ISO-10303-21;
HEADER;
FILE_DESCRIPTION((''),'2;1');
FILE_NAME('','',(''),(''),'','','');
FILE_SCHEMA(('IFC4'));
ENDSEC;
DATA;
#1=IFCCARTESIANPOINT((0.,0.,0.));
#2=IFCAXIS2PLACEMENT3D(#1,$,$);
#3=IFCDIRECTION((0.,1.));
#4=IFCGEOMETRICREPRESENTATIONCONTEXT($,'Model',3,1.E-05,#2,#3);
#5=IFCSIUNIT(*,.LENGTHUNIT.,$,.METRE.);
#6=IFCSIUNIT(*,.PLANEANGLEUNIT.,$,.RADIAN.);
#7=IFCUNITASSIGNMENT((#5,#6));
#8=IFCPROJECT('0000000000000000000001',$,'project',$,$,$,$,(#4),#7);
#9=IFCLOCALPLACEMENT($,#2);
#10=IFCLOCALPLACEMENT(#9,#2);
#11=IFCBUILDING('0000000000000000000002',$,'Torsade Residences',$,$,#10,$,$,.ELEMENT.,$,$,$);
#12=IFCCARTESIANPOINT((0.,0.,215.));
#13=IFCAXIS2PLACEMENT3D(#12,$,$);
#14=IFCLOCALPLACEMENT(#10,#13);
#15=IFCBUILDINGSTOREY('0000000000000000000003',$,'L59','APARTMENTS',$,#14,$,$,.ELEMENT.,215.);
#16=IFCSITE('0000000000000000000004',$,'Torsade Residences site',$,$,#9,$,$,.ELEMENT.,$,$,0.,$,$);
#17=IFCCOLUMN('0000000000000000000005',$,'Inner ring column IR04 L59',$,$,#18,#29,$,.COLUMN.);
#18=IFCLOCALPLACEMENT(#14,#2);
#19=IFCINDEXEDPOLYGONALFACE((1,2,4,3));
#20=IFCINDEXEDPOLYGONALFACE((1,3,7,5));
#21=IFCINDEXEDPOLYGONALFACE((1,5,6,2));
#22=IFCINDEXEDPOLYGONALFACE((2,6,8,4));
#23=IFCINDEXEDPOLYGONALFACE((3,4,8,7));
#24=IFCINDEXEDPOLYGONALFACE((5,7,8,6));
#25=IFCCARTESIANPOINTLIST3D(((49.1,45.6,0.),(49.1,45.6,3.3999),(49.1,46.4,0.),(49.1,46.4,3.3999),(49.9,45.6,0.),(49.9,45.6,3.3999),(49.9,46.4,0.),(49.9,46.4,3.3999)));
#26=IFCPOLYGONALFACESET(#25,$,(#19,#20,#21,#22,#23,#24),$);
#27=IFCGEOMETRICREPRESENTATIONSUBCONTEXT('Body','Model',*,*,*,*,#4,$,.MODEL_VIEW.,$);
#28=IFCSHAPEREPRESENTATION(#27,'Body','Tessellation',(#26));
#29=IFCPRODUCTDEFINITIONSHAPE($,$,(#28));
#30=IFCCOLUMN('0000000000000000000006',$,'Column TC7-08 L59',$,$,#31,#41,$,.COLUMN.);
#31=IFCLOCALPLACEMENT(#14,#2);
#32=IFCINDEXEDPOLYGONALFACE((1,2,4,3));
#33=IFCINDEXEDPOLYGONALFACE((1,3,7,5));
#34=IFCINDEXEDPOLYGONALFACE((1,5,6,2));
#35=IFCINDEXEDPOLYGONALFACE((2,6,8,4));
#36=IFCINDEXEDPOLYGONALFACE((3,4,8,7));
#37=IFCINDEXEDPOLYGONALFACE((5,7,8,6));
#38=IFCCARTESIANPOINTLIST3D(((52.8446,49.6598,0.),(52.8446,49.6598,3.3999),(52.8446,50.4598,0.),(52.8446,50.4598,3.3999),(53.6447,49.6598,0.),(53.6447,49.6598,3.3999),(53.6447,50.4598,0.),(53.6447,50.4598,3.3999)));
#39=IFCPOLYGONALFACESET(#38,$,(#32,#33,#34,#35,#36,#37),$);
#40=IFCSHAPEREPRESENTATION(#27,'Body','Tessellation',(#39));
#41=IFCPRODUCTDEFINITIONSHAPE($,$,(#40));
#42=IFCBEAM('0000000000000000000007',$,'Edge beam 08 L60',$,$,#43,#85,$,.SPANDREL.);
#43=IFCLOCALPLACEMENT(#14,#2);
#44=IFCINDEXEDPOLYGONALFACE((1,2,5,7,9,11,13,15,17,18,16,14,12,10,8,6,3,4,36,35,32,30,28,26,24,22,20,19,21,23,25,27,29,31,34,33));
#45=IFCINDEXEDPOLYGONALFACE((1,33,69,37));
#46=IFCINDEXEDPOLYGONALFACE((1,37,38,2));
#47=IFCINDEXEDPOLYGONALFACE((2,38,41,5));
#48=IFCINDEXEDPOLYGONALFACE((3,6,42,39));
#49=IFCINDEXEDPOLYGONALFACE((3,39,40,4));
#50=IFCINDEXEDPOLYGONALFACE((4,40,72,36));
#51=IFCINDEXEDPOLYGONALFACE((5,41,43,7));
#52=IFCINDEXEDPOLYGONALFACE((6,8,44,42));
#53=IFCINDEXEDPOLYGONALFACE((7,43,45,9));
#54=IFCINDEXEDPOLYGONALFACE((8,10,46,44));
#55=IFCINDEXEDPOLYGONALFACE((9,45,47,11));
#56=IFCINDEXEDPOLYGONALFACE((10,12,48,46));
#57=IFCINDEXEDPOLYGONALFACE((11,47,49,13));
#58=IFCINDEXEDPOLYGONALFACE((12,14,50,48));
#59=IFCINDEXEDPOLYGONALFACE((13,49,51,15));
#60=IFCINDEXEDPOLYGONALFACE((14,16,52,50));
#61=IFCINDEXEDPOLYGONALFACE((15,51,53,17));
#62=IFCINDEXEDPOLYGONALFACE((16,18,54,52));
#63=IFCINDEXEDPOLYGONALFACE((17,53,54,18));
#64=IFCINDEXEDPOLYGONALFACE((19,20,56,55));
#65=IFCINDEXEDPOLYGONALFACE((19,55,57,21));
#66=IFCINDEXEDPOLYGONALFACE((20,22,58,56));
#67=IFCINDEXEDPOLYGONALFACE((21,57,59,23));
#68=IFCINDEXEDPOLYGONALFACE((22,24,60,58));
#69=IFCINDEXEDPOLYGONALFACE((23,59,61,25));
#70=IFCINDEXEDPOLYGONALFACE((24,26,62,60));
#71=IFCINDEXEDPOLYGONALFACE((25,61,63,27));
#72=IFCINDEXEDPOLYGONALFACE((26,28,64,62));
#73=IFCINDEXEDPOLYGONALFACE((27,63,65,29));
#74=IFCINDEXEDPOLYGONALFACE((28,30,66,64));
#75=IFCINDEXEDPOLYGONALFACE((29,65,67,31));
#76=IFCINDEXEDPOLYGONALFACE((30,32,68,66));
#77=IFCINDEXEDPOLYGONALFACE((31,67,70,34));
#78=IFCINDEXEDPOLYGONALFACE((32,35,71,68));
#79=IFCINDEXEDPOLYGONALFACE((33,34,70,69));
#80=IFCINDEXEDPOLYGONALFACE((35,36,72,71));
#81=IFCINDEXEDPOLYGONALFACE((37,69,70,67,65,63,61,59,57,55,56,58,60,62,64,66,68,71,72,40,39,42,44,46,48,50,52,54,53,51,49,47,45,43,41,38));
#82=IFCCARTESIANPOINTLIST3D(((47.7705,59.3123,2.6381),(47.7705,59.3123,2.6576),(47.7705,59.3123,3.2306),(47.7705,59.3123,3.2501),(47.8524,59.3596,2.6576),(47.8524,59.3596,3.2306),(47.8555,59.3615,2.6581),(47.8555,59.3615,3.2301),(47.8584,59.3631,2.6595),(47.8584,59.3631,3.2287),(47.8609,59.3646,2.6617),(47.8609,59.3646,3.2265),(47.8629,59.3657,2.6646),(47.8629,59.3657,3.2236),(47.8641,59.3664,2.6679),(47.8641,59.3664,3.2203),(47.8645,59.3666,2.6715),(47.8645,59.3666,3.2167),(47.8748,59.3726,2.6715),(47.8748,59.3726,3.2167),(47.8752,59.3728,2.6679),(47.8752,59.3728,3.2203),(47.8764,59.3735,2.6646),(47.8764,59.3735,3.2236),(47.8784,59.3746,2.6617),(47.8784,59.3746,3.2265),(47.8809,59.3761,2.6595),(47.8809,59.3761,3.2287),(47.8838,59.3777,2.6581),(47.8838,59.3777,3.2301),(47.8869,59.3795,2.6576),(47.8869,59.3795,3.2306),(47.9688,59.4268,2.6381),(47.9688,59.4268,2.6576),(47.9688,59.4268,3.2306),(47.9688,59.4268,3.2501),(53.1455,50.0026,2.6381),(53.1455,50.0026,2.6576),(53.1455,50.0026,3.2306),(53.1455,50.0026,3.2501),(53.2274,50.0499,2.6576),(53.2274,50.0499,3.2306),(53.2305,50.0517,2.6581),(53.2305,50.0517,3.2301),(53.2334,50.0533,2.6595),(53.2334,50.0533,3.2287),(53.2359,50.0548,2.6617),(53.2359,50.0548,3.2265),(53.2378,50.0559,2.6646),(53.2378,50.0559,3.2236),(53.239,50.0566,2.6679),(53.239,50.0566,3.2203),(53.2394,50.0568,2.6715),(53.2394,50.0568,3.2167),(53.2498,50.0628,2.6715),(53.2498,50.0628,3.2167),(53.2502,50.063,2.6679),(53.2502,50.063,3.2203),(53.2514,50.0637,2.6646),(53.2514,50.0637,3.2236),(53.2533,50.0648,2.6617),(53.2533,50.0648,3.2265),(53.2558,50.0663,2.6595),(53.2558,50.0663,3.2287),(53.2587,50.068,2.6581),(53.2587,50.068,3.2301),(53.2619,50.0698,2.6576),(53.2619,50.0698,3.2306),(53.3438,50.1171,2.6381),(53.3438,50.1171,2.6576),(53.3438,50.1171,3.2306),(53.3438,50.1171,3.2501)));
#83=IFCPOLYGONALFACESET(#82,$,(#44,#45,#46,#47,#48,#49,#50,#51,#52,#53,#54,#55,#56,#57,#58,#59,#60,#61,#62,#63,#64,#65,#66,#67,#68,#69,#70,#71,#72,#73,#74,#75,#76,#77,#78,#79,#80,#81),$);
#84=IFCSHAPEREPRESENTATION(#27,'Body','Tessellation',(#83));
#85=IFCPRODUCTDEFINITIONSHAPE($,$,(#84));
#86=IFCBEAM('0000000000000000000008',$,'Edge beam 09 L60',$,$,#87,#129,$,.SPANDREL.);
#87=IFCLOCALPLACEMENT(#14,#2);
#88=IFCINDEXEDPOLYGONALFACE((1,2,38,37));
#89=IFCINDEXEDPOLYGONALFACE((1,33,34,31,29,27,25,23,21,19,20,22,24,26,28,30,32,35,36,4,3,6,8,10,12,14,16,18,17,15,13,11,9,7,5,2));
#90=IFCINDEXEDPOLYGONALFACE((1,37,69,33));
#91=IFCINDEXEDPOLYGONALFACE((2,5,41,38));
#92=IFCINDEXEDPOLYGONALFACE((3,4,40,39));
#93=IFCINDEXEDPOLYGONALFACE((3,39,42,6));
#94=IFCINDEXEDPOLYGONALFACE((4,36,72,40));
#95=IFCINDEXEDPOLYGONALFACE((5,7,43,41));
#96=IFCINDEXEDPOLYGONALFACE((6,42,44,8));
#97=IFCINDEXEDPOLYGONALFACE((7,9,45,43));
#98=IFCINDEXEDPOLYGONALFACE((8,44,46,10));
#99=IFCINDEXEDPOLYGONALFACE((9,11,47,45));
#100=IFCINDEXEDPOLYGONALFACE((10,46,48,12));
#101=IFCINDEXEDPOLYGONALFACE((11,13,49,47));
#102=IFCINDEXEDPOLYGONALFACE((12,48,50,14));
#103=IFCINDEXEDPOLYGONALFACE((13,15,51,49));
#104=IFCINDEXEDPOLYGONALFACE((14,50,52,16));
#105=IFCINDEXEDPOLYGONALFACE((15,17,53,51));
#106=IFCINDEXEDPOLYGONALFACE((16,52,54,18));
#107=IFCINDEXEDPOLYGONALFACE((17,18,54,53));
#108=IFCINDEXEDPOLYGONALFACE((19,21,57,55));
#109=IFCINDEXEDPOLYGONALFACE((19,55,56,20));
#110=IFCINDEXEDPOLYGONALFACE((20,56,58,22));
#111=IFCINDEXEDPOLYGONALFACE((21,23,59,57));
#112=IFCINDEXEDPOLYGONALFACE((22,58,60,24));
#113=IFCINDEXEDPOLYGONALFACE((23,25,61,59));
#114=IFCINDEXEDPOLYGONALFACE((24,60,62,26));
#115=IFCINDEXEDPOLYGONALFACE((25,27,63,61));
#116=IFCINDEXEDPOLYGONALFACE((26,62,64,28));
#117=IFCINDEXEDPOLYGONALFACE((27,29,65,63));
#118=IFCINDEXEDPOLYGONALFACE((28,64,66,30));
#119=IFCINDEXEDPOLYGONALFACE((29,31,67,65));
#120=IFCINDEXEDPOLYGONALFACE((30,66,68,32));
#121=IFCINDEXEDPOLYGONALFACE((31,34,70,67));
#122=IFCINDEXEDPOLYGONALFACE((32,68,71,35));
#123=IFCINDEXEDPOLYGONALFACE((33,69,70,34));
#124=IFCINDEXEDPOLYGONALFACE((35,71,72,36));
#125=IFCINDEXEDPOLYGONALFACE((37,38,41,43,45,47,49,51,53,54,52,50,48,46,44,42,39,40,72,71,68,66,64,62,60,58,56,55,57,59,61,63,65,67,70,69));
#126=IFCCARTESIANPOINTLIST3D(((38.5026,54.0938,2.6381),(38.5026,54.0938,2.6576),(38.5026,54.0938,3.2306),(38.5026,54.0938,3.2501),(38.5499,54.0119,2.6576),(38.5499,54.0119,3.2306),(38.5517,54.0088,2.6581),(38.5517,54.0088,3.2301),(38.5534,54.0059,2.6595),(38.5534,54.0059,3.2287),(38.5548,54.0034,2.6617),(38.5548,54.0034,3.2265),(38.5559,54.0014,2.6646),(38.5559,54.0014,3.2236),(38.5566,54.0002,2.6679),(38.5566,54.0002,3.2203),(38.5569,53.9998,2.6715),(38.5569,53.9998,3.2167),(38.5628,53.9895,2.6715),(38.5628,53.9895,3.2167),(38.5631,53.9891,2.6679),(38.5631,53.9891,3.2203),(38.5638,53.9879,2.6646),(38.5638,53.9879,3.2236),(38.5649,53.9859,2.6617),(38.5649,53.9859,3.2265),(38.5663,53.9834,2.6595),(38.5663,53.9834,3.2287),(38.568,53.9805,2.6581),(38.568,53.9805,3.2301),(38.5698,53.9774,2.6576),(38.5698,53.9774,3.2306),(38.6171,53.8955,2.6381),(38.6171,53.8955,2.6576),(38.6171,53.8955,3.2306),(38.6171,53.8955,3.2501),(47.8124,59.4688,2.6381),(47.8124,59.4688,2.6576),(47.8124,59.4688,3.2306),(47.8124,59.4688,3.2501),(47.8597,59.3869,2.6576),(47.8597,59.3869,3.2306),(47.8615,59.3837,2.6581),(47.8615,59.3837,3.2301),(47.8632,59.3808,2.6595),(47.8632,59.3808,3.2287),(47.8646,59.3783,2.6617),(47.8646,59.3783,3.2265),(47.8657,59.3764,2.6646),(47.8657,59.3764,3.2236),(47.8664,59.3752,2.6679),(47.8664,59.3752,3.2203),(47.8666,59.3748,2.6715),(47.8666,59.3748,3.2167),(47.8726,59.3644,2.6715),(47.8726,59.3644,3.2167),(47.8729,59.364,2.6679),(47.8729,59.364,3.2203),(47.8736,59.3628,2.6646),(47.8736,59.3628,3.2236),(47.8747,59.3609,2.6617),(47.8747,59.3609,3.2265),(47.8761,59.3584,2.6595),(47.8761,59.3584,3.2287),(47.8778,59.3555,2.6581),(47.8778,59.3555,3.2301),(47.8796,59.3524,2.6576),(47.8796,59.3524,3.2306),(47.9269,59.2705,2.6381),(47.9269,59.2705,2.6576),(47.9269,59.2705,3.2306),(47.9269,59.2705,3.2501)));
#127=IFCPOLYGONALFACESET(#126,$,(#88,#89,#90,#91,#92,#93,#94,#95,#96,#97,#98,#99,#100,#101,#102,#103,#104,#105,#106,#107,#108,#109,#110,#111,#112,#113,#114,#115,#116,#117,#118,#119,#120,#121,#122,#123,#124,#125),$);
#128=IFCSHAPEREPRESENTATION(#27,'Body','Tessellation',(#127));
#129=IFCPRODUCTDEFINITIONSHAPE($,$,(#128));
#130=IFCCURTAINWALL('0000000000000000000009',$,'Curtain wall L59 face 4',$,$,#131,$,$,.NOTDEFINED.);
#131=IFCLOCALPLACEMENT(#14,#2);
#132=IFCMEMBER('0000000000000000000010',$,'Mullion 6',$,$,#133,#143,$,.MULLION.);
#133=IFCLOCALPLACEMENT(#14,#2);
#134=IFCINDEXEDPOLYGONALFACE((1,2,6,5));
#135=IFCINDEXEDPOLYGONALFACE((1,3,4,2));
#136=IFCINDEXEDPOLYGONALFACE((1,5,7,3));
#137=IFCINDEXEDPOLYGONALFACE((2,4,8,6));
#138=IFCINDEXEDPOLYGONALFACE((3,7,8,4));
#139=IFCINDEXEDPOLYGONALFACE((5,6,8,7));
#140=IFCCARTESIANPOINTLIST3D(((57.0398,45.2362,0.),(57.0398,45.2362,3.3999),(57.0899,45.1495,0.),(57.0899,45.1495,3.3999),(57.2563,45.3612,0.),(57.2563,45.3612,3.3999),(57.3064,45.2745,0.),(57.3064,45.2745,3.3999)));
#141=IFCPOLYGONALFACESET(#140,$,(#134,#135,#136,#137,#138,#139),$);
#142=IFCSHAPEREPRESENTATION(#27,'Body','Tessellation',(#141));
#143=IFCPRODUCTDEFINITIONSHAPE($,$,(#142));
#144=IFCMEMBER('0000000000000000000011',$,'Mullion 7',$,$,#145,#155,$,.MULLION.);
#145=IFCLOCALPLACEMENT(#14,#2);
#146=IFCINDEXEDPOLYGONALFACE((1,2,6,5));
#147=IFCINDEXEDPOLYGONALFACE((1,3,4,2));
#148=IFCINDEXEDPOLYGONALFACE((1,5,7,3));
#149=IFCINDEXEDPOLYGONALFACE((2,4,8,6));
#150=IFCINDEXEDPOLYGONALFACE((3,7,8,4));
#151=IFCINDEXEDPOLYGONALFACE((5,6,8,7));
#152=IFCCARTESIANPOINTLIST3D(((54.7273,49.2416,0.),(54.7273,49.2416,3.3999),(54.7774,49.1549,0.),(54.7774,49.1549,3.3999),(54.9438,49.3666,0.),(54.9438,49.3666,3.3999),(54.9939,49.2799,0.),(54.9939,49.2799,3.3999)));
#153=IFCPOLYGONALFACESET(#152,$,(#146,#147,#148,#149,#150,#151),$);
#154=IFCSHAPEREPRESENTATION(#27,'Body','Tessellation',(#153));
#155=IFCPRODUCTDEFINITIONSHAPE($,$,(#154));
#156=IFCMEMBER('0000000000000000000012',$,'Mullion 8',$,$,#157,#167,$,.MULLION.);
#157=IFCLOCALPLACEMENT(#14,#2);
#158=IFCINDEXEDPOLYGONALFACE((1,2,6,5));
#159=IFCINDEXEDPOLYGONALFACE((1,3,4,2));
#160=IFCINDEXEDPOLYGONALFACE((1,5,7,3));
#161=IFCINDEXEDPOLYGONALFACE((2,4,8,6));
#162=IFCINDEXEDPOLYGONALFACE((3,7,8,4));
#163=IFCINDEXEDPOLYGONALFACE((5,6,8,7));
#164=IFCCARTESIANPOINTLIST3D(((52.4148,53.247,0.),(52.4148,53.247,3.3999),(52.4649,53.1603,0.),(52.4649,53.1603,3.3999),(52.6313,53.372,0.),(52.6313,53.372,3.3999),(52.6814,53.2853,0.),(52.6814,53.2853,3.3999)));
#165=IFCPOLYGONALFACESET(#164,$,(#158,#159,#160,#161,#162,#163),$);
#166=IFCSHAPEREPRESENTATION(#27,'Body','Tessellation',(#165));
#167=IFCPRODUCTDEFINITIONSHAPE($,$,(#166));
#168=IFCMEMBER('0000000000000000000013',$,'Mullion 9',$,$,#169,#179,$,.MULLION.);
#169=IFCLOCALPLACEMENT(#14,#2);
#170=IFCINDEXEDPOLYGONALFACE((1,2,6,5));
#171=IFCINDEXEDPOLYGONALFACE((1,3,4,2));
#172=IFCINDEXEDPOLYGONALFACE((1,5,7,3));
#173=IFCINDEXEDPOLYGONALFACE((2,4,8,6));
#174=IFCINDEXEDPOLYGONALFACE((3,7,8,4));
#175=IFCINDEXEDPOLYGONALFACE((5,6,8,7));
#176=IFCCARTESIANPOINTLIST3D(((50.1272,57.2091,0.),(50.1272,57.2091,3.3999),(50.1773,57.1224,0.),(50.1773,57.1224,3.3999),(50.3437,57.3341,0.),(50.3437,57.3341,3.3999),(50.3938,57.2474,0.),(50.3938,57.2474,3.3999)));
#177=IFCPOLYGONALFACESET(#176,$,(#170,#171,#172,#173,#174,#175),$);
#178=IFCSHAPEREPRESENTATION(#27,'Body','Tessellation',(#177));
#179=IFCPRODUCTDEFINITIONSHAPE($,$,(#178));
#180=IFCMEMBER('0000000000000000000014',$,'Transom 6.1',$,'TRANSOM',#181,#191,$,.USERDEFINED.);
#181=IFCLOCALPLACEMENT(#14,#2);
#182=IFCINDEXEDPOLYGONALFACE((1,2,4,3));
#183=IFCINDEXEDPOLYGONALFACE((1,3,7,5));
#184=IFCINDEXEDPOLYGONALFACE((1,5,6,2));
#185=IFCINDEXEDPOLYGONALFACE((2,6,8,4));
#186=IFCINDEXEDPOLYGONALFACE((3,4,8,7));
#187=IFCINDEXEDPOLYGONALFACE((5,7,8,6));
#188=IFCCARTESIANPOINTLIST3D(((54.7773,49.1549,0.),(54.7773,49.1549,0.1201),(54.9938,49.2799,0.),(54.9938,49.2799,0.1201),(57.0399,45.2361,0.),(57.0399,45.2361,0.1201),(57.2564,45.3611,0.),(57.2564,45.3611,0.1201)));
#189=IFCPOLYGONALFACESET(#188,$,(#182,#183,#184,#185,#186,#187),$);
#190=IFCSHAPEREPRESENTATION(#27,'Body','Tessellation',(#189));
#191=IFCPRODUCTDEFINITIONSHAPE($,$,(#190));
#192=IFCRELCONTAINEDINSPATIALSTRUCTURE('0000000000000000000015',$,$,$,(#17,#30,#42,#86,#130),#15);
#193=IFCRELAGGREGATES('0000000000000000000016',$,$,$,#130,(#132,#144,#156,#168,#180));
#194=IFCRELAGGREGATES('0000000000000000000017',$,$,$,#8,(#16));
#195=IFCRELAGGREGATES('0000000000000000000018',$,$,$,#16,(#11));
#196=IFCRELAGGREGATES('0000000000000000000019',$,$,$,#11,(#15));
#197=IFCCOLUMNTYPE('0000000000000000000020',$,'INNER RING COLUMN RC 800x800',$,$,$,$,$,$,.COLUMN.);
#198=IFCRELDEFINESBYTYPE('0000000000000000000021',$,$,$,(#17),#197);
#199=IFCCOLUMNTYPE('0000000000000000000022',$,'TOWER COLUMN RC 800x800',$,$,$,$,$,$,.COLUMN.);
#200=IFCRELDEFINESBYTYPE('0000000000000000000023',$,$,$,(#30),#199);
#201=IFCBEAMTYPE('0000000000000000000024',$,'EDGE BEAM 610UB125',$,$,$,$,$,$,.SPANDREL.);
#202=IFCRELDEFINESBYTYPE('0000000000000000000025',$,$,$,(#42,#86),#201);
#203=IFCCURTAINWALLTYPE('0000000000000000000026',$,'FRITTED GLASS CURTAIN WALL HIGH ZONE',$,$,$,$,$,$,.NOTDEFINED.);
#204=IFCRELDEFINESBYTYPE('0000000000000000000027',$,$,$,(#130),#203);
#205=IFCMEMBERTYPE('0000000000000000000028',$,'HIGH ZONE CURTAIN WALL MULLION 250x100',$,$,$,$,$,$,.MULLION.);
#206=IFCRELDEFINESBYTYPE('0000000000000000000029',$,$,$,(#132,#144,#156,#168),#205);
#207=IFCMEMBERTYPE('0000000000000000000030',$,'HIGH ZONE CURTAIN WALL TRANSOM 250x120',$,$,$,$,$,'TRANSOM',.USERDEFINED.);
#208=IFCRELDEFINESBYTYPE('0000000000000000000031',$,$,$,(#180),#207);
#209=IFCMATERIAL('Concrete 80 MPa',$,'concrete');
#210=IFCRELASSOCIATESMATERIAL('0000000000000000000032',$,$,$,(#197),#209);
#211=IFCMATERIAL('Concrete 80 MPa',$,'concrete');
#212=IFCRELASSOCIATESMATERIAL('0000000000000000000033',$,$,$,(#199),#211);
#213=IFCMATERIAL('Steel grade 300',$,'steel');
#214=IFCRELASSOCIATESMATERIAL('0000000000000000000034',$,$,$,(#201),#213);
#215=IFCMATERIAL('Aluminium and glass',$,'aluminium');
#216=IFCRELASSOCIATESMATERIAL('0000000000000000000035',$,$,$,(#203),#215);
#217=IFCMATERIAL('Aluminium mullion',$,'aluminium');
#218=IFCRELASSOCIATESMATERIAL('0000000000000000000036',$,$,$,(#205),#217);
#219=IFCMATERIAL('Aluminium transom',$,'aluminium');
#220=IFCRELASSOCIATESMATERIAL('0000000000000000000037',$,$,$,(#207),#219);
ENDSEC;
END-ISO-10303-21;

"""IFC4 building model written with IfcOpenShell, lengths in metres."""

from ifc_helpers import new_model, si_unit, direction, frame, origin, origin_2d, place, context, subcontext, project, spatial, rectangle, i_section, extrude, material, material_profile, profile_set, type_object, element, aggregate, save


model = new_model("IFC4")

# Units and contexts
model_context = context("Model", 3, precision=1e-05, world=origin(), true_north=direction((0.0, 1.0)))
body_context = subcontext(model_context, "Body", "Model", "MODEL_VIEW")
ifc_project = project(units=[si_unit("LENGTHUNIT", "METRE"), si_unit("PLANEANGLEUNIT", "RADIAN")], contexts=[model_context])

# Site, building, storey
site_placement = place(None, origin())
site = spatial("IfcSite", under=ifc_project, at=site_placement, Name="Torsade Residences site", CompositionType="ELEMENT", RefElevation=0.0)
building_placement = place(site_placement, origin())
building = spatial("IfcBuilding", under=site, at=building_placement, Name="Torsade Residences", CompositionType="ELEMENT")
storey_placement = place(building_placement, frame((0.0, 0.0, 215.0)))
storey = spatial("IfcBuildingStorey", under=building, at=storey_placement, Name="L59", Description="APARTMENTS", CompositionType="ELEMENT", Elevation=215.0)

# Columns
ifc_material_1 = material(Name="Concrete 80 MPa", Category="concrete")
ifc_material_profile_1 = material_profile(ifc_material_1, rectangle(XDim=0.8, YDim=0.8, at=origin_2d()), Name="RC 800x800")
ifc_profile_set_1 = profile_set([ifc_material_profile_1], Name="Concrete 80 MPa")
column_type_1 = type_object("IfcColumnType", Name="INNER RING COLUMN RC 800x800", PredefinedType="COLUMN", material=ifc_profile_set_1)
column_1_placement = place(storey_placement, frame((49.5, 46.0, 0.0), z_axis=(0.0, 0.0, 1.0), x_axis=(1.0, 0.0, 0.0)))
element("IfcColumn", 1, at=column_1_placement, inside=storey, type_object=column_type_1, Name="Inner ring column IR04 L59", PredefinedType="COLUMN", context=body_context, shape_type="SweptSolid", body=[
    extrude(rectangle(XDim=0.8, YDim=0.8, at=origin_2d()), origin(), (0.0, 0.0, 1.0), 3.3999),
])
ifc_material_2 = material(Name="Concrete 80 MPa", Category="concrete")
ifc_material_profile_2 = material_profile(ifc_material_2, rectangle(XDim=0.8, YDim=0.8, at=origin_2d()), Name="RC 800x800")
ifc_profile_set_2 = profile_set([ifc_material_profile_2], Name="Concrete 80 MPa")
column_type_2 = type_object("IfcColumnType", Name="TOWER COLUMN RC 800x800", PredefinedType="COLUMN", material=ifc_profile_set_2)
column_2_placement = place(storey_placement, frame((53.2446, 50.0598, 0.0), z_axis=(0.0, 0.0, 1.0), x_axis=(1.0, 0.0, 0.0)))
element("IfcColumn", 2, at=column_2_placement, inside=storey, type_object=column_type_2, Name="Column TC7-08 L59", PredefinedType="COLUMN", context=body_context, shape_type="SweptSolid", body=[
    extrude(rectangle(XDim=0.8, YDim=0.8, at=origin_2d()), origin(), (0.0, 0.0, 1.0), 3.3999),
])

# Beams
ifc_material_3 = material(Name="Steel grade 300", Category="steel")
ifc_material_profile_3 = material_profile(ifc_material_3, i_section(OverallWidth=0.229, OverallDepth=0.6121, WebThickness=0.012, FlangeThickness=0.0195, FilletRadius=0.0139, at=origin_2d()), Name="610UB125")
ifc_profile_set_3 = profile_set([ifc_material_profile_3], Name="Steel grade 300")
beam_type_1 = type_object("IfcBeamType", Name="EDGE BEAM 610UB125", PredefinedType="SPANDREL", material=ifc_profile_set_3)
for number, where, z_axis, x_axis, name in (
    (3, (53.2446, 50.0598, 2.9441), (-0.499998, 0.866026, 0.0), (-0.866026, -0.499998, 0.0), "Edge beam 08 L60"),
    (4, (47.8696, 59.3696, 2.9441), (-0.866026, -0.499998, 0.0), (0.499998, -0.866026, 0.0), "Edge beam 09 L60"),
):
    element("IfcBeam", number, at=place(storey_placement, frame(where, z_axis=z_axis, x_axis=x_axis)), inside=storey, type_object=beam_type_1, Name=name, PredefinedType="SPANDREL", context=body_context, shape_type="SweptSolid", body=[
        extrude(i_section(OverallWidth=0.229, OverallDepth=0.6121, WebThickness=0.012, FlangeThickness=0.0195, FilletRadius=0.0139, at=origin_2d()), origin(), (0.0, 0.0, 1.0), 10.75),
    ])

# Curtain wall, members
ifc_material_4 = material(Name="Aluminium and glass", Category="aluminium")
curtain_wall_type = type_object("IfcCurtainWallType", Name="FRITTED GLASS CURTAIN WALL HIGH ZONE", PredefinedType="NOTDEFINED", material=ifc_material_4)
curtain_wall_placement = place(storey_placement, origin())
curtain_wall = element("IfcCurtainWall", 5, at=curtain_wall_placement, inside=storey, type_object=curtain_wall_type, Name="Curtain wall L59 face 4", PredefinedType="NOTDEFINED")
ifc_material_5 = material(Name="Aluminium mullion", Category="aluminium")
ifc_material_profile_4 = material_profile(ifc_material_5, rectangle(XDim=0.25, YDim=0.1001, at=origin_2d()), Name="HIGH ZONE CURTAIN WALL MULLION 250x100")
ifc_profile_set_4 = profile_set([ifc_material_profile_4], Name="Aluminium mullion")
member_type_1 = type_object("IfcMemberType", Name="HIGH ZONE CURTAIN WALL MULLION 250x100", PredefinedType="MULLION", material=ifc_profile_set_4)
member_1_placement = place(storey_placement, frame((57.1731, 45.2554, 0.0), z_axis=(0.0, 0.0, 1.0), x_axis=(-0.866025, -0.5, 0.0)))
member_1 = element("IfcMember", 6, at=member_1_placement, type_object=member_type_1, Name="Mullion 6", PredefinedType="MULLION", context=body_context, shape_type="SweptSolid", body=[
    extrude(rectangle(XDim=0.25, YDim=0.1001, at=origin_2d()), origin(), (0.0, 0.0, 1.0), 3.3999),
])
member_2_placement = place(storey_placement, frame((54.8606, 49.2607, 0.0), z_axis=(0.0, 0.0, 1.0), x_axis=(-0.866025, -0.5, 0.0)))
member_2 = element("IfcMember", 7, at=member_2_placement, type_object=member_type_1, Name="Mullion 7", PredefinedType="MULLION", context=body_context, shape_type="SweptSolid", body=[
    extrude(rectangle(XDim=0.25, YDim=0.1001, at=origin_2d()), origin(), (0.0, 0.0, 1.0), 3.3999),
])
member_3_placement = place(storey_placement, frame((52.5481, 53.2661, 0.0), z_axis=(0.0, 0.0, 1.0), x_axis=(-0.866025, -0.5, 0.0)))
member_3 = element("IfcMember", 8, at=member_3_placement, type_object=member_type_1, Name="Mullion 8", PredefinedType="MULLION", context=body_context, shape_type="SweptSolid", body=[
    extrude(rectangle(XDim=0.25, YDim=0.1001, at=origin_2d()), origin(), (0.0, 0.0, 1.0), 3.3999),
])
member_4_placement = place(storey_placement, frame((50.2605, 57.2283, 0.0), z_axis=(0.0, 0.0, 1.0), x_axis=(-0.866025, -0.5, 0.0)))
member_4 = element("IfcMember", 9, at=member_4_placement, type_object=member_type_1, Name="Mullion 9", PredefinedType="MULLION", context=body_context, shape_type="SweptSolid", body=[
    extrude(rectangle(XDim=0.25, YDim=0.1001, at=origin_2d()), origin(), (0.0, 0.0, 1.0), 3.3999),
])
ifc_material_6 = material(Name="Aluminium transom", Category="aluminium")
ifc_material_profile_5 = material_profile(ifc_material_6, rectangle(XDim=0.25, YDim=0.1201, at=origin_2d()), Name="HIGH ZONE CURTAIN WALL TRANSOM 250x120")
ifc_profile_set_5 = profile_set([ifc_material_profile_5], Name="Aluminium transom")
member_type_2 = type_object("IfcMemberType", Name="HIGH ZONE CURTAIN WALL TRANSOM 250x120", ElementType="TRANSOM", PredefinedType="USERDEFINED", material=ifc_profile_set_5)
member_5_placement = place(storey_placement, frame((57.1482, 45.2986, 0.0601), z_axis=(-0.500015, 0.866017, 0.0), x_axis=(-0.866017, -0.500015, 0.0)))
member_5 = element("IfcMember", 10, at=member_5_placement, type_object=member_type_2, Name="Transom 6.1", ObjectType="TRANSOM", PredefinedType="USERDEFINED", context=body_context, shape_type="SweptSolid", body=[
    extrude(rectangle(XDim=0.25, YDim=0.1201, at=origin_2d()), origin(), (0.0, 0.0, 1.0), 4.5251),
])

aggregate(curtain_wall, [member_1, member_2, member_3, member_4, member_5])

save(model, "model.ifc")
